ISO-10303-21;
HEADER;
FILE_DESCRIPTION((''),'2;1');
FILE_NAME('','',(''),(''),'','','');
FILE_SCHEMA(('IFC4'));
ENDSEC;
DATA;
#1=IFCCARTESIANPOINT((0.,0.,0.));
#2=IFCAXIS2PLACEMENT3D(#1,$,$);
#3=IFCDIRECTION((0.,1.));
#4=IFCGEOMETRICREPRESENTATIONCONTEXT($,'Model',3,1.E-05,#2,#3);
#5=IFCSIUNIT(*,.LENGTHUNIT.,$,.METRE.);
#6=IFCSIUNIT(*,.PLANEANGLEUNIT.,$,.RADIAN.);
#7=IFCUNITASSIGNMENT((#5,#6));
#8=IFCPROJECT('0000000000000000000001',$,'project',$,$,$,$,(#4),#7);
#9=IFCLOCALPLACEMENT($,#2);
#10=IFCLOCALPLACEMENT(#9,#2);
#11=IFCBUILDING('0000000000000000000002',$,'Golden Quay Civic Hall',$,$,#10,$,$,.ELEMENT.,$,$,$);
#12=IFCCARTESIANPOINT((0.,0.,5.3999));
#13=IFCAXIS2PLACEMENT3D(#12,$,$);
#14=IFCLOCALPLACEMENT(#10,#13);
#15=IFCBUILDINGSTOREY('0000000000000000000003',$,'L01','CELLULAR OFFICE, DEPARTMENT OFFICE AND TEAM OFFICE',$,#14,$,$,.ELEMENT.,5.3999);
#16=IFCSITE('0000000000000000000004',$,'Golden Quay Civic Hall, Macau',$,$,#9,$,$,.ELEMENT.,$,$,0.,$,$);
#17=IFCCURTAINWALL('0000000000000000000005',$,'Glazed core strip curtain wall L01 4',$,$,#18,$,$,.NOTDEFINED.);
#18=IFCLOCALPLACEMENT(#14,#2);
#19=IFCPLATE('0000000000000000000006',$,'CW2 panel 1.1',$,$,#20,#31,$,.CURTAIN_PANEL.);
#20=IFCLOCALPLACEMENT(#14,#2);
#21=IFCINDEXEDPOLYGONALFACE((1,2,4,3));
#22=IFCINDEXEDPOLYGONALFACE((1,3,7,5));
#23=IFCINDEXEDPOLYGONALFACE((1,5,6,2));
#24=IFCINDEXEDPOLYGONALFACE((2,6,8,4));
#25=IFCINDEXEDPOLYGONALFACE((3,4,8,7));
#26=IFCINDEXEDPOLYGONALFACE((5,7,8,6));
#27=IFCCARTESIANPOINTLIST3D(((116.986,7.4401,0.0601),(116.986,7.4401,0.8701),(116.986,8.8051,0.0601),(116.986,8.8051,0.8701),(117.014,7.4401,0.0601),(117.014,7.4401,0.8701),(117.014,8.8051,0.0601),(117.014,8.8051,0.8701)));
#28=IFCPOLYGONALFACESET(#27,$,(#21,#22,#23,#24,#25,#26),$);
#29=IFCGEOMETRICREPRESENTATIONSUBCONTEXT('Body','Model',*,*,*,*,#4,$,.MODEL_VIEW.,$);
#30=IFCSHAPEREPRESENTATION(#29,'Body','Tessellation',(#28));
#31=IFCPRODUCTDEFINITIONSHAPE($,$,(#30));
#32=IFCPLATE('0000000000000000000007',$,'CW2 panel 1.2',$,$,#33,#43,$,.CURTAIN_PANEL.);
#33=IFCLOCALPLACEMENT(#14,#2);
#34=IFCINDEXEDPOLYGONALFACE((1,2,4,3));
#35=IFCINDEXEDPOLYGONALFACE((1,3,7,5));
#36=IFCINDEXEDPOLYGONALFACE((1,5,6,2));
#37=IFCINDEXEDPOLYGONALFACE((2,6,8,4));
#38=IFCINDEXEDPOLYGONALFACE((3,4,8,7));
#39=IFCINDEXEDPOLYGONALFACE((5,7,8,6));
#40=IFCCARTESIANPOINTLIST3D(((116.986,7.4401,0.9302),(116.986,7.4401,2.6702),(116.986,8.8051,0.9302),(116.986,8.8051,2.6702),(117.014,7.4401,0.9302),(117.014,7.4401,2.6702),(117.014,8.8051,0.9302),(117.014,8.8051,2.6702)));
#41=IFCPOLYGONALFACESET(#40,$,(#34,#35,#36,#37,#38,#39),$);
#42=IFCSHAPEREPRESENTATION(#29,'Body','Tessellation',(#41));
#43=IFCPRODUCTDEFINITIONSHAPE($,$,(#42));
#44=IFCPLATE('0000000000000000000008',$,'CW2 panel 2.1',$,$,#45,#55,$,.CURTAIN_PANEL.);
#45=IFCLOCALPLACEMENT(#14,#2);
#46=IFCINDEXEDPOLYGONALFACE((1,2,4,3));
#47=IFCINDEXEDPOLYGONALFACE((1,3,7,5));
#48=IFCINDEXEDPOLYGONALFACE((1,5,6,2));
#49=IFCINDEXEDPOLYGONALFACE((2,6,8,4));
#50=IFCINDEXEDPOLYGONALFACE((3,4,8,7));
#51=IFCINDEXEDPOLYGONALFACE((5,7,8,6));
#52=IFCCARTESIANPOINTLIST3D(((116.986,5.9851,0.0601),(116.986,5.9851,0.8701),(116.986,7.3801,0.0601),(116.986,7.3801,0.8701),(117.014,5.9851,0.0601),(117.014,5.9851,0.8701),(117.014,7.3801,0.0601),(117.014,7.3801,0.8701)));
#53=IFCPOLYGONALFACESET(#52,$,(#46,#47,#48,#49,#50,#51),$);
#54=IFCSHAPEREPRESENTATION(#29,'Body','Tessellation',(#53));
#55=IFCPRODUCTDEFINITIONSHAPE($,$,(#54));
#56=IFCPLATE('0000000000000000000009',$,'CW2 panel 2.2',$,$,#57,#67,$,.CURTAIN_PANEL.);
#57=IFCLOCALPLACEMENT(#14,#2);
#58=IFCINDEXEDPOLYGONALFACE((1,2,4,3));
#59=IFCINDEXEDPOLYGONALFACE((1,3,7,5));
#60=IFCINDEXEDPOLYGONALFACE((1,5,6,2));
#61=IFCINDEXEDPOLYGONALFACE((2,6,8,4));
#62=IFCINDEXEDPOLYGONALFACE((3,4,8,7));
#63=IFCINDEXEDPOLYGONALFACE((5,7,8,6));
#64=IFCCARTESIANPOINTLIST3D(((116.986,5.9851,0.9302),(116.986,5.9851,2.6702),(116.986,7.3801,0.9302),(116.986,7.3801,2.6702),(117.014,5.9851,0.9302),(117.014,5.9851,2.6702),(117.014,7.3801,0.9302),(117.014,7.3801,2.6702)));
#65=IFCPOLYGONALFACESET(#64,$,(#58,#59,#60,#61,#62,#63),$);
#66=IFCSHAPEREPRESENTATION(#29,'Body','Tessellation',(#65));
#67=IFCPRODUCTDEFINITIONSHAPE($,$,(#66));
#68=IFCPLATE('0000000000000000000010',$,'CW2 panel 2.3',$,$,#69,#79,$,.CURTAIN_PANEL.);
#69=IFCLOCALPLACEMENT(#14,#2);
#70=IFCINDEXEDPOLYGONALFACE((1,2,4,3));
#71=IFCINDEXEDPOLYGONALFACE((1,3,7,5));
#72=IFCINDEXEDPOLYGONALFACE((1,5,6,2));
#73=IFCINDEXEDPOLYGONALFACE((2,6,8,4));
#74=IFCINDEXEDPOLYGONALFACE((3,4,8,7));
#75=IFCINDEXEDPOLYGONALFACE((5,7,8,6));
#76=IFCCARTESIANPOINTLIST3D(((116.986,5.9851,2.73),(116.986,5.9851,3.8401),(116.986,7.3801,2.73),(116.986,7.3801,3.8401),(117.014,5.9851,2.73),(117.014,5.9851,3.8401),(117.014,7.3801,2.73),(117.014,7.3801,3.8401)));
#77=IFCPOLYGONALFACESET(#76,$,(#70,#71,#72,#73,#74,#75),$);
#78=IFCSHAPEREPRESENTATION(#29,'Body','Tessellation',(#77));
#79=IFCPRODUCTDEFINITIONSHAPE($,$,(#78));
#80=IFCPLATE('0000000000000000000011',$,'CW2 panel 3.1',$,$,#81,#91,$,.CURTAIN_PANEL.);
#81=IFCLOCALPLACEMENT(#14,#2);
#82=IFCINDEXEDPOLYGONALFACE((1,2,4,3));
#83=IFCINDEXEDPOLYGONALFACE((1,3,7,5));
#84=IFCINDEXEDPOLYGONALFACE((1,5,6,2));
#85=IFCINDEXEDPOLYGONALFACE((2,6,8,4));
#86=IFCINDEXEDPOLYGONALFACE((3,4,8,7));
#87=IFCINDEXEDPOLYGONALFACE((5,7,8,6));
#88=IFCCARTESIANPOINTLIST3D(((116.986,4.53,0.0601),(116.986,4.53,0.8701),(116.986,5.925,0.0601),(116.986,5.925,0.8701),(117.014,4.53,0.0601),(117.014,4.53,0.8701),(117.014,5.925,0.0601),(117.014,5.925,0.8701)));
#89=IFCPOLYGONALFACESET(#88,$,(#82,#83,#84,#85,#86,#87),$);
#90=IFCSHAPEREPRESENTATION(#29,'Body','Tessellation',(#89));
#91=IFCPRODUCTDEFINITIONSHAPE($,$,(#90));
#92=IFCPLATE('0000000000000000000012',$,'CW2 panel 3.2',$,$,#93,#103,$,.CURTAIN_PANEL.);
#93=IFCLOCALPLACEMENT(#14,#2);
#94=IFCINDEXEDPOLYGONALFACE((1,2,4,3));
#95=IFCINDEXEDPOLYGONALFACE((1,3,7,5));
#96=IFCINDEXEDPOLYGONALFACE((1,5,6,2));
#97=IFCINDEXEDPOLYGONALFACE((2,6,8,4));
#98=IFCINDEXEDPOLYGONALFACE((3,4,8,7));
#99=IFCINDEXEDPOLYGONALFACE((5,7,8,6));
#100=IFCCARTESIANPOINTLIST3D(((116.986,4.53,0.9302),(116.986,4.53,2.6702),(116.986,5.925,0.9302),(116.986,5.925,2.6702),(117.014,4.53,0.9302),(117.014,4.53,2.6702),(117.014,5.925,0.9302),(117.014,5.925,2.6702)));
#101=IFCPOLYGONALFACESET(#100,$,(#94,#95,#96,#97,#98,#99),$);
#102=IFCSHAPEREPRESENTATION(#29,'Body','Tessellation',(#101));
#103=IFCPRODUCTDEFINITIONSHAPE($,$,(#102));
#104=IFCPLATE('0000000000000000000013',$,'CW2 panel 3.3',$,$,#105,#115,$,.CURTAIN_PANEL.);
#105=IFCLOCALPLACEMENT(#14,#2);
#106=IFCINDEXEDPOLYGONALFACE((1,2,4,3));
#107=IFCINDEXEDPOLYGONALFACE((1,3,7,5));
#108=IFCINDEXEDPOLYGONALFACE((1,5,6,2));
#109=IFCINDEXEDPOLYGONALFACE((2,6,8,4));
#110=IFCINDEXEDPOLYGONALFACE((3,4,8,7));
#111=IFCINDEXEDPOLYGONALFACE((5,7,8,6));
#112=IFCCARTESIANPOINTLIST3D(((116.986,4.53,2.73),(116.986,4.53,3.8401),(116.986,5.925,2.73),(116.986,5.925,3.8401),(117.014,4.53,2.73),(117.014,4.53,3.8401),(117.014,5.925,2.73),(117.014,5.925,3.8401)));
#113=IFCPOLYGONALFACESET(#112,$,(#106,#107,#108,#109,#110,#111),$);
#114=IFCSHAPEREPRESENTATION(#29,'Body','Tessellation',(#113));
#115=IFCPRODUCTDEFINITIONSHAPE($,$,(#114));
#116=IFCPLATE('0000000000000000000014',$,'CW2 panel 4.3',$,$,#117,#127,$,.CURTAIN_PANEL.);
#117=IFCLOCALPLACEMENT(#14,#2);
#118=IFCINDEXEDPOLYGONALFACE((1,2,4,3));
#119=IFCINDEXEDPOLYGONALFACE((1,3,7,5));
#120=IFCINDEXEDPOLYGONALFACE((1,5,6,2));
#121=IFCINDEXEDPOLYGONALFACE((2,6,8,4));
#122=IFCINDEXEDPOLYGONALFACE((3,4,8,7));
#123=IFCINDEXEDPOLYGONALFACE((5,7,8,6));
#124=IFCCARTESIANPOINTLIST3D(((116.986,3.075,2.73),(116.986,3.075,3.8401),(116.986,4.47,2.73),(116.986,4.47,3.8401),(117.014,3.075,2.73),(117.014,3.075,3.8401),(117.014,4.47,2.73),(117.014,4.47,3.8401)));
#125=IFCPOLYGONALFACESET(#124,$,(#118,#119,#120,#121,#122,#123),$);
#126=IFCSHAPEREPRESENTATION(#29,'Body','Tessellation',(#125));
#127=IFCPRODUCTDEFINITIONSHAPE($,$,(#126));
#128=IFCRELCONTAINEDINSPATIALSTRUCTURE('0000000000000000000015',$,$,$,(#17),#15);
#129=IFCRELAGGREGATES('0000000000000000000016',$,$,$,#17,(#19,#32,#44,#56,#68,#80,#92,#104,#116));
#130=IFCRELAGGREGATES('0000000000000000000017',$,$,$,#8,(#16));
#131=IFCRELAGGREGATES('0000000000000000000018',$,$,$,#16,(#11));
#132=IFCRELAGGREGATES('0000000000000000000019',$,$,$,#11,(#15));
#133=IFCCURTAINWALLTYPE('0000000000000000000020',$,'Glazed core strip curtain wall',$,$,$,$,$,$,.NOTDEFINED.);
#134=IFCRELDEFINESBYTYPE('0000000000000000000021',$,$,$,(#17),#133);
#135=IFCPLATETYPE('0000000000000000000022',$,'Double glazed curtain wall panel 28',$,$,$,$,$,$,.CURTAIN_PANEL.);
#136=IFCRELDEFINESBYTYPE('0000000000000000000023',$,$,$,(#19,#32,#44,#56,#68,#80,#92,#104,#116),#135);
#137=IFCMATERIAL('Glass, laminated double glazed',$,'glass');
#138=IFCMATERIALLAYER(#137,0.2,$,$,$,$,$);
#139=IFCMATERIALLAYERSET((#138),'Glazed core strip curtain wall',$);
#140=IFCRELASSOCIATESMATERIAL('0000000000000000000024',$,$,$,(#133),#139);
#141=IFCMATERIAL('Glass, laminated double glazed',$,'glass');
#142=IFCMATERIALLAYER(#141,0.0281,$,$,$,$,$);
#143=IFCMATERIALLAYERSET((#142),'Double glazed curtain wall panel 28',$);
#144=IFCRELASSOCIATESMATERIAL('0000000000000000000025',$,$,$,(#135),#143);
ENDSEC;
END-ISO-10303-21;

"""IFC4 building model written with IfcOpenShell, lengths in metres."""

from ifc_helpers import new_model, si_unit, direction, frame, origin, origin_2d, place, context, subcontext, project, spatial, rectangle, extrude, material, layer, layer_set, type_object, element, aggregate, save


model = new_model("IFC4")

# Units and contexts
model_context = context("Model", 3, precision=1e-05, world=origin(), true_north=direction((0.0, 1.0)))
body_context = subcontext(model_context, "Body", "Model", "MODEL_VIEW")
ifc_project = project(units=[si_unit("LENGTHUNIT", "METRE"), si_unit("PLANEANGLEUNIT", "RADIAN")], contexts=[model_context])

# Site, building, storey
site_placement = place(None, origin())
site = spatial("IfcSite", under=ifc_project, at=site_placement, Name="Golden Quay Civic Hall, Macau", CompositionType="ELEMENT", RefElevation=0.0)
building_placement = place(site_placement, origin())
building = spatial("IfcBuilding", under=site, at=building_placement, Name="Golden Quay Civic Hall", CompositionType="ELEMENT")
storey_placement = place(building_placement, frame((0.0, 0.0, 5.3999)))
storey = spatial("IfcBuildingStorey", under=building, at=storey_placement, Name="L01", Description="CELLULAR OFFICE, DEPARTMENT OFFICE AND TEAM OFFICE", CompositionType="ELEMENT", Elevation=5.3999)

# Curtain wall, plates
ifc_material_1 = material(Name="Glass, laminated double glazed", Category="glass")
ifc_layer_1 = layer(ifc_material_1, 0.2)
ifc_layer_set_1 = layer_set([ifc_layer_1], Name="Glazed core strip curtain wall")
curtain_wall_type = type_object("IfcCurtainWallType", Name="Glazed core strip curtain wall", PredefinedType="NOTDEFINED", material=ifc_layer_set_1)
curtain_wall_placement = place(storey_placement, origin())
curtain_wall = element("IfcCurtainWall", 1, at=curtain_wall_placement, inside=storey, type_object=curtain_wall_type, Name="Glazed core strip curtain wall L01 4", PredefinedType="NOTDEFINED")
ifc_material_2 = material(Name="Glass, laminated double glazed", Category="glass")
ifc_layer_2 = layer(ifc_material_2, 0.0281)
ifc_layer_set_2 = layer_set([ifc_layer_2], Name="Double glazed curtain wall panel 28")
plate_type = type_object("IfcPlateType", Name="Double glazed curtain wall panel 28", PredefinedType="CURTAIN_PANEL", material=ifc_layer_set_2)
plate_1_placement = place(storey_placement, frame((117.0, 8.1226, 0.0601), z_axis=(0.0, 0.0, 1.0), x_axis=(0.0, -1.0, 0.0)))
plate_1 = element("IfcPlate", 2, at=plate_1_placement, type_object=plate_type, Name="CW2 panel 1.1", PredefinedType="CURTAIN_PANEL", context=body_context, shape_type="SweptSolid", body=[
    extrude(rectangle(XDim=1.365, YDim=0.0281, at=origin_2d()), origin(), (0.0, 0.0, 1.0), 0.8101),
])
plate_2_placement = place(storey_placement, frame((117.0, 8.1226, 0.9302), z_axis=(0.0, 0.0, 1.0), x_axis=(0.0, -1.0, 0.0)))
plate_2 = element("IfcPlate", 3, at=plate_2_placement, type_object=plate_type, Name="CW2 panel 1.2", PredefinedType="CURTAIN_PANEL", context=body_context, shape_type="SweptSolid", body=[
    extrude(rectangle(XDim=1.365, YDim=0.0281, at=origin_2d()), origin(), (0.0, 0.0, 1.0), 1.74),
])
plate_3_placement = place(storey_placement, frame((117.0, 6.6826, 0.0601), z_axis=(0.0, 0.0, 1.0), x_axis=(0.0, -1.0, 0.0)))
plate_3 = element("IfcPlate", 4, at=plate_3_placement, type_object=plate_type, Name="CW2 panel 2.1", PredefinedType="CURTAIN_PANEL", context=body_context, shape_type="SweptSolid", body=[
    extrude(rectangle(XDim=1.395, YDim=0.0281, at=origin_2d()), origin(), (0.0, 0.0, 1.0), 0.8101),
])
plate_4_placement = place(storey_placement, frame((117.0, 6.6826, 0.9302), z_axis=(0.0, 0.0, 1.0), x_axis=(0.0, -1.0, 0.0)))
plate_4 = element("IfcPlate", 5, at=plate_4_placement, type_object=plate_type, Name="CW2 panel 2.2", PredefinedType="CURTAIN_PANEL", context=body_context, shape_type="SweptSolid", body=[
    extrude(rectangle(XDim=1.395, YDim=0.0281, at=origin_2d()), origin(), (0.0, 0.0, 1.0), 1.74),
])
plate_5_placement = place(storey_placement, frame((117.0, 6.6826, 2.73), z_axis=(0.0, 0.0, 1.0), x_axis=(0.0, -1.0, 0.0)))
plate_5 = element("IfcPlate", 6, at=plate_5_placement, type_object=plate_type, Name="CW2 panel 2.3", PredefinedType="CURTAIN_PANEL", context=body_context, shape_type="SweptSolid", body=[
    extrude(rectangle(XDim=1.395, YDim=0.0281, at=origin_2d()), origin(), (0.0, 0.0, 1.0), 1.1101),
])
plate_6_placement = place(storey_placement, frame((117.0, 5.2275, 0.0601), z_axis=(0.0, 0.0, 1.0), x_axis=(0.0, -1.0, 0.0)))
plate_6 = element("IfcPlate", 7, at=plate_6_placement, type_object=plate_type, Name="CW2 panel 3.1", PredefinedType="CURTAIN_PANEL", context=body_context, shape_type="SweptSolid", body=[
    extrude(rectangle(XDim=1.395, YDim=0.0281, at=origin_2d()), origin(), (0.0, 0.0, 1.0), 0.8101),
])
plate_7_placement = place(storey_placement, frame((117.0, 5.2275, 0.9302), z_axis=(0.0, 0.0, 1.0), x_axis=(0.0, -1.0, 0.0)))
plate_7 = element("IfcPlate", 8, at=plate_7_placement, type_object=plate_type, Name="CW2 panel 3.2", PredefinedType="CURTAIN_PANEL", context=body_context, shape_type="SweptSolid", body=[
    extrude(rectangle(XDim=1.395, YDim=0.0281, at=origin_2d()), origin(), (0.0, 0.0, 1.0), 1.74),
])
plate_8_placement = place(storey_placement, frame((117.0, 5.2275, 2.73), z_axis=(0.0, 0.0, 1.0), x_axis=(0.0, -1.0, 0.0)))
plate_8 = element("IfcPlate", 9, at=plate_8_placement, type_object=plate_type, Name="CW2 panel 3.3", PredefinedType="CURTAIN_PANEL", context=body_context, shape_type="SweptSolid", body=[
    extrude(rectangle(XDim=1.395, YDim=0.0281, at=origin_2d()), origin(), (0.0, 0.0, 1.0), 1.1101),
])
plate_9_placement = place(storey_placement, frame((117.0, 3.7725, 2.73), z_axis=(0.0, 0.0, 1.0), x_axis=(0.0, -1.0, 0.0)))
plate_9 = element("IfcPlate", 10, at=plate_9_placement, type_object=plate_type, Name="CW2 panel 4.3", PredefinedType="CURTAIN_PANEL", context=body_context, shape_type="SweptSolid", body=[
    extrude(rectangle(XDim=1.395, YDim=0.0281, at=origin_2d()), origin(), (0.0, 0.0, 1.0), 1.1101),
])
aggregate(curtain_wall, [plate_1, plate_2, plate_3, plate_4, plate_5, plate_6, plate_7, plate_8, plate_9])

save(model, "model.ifc")
